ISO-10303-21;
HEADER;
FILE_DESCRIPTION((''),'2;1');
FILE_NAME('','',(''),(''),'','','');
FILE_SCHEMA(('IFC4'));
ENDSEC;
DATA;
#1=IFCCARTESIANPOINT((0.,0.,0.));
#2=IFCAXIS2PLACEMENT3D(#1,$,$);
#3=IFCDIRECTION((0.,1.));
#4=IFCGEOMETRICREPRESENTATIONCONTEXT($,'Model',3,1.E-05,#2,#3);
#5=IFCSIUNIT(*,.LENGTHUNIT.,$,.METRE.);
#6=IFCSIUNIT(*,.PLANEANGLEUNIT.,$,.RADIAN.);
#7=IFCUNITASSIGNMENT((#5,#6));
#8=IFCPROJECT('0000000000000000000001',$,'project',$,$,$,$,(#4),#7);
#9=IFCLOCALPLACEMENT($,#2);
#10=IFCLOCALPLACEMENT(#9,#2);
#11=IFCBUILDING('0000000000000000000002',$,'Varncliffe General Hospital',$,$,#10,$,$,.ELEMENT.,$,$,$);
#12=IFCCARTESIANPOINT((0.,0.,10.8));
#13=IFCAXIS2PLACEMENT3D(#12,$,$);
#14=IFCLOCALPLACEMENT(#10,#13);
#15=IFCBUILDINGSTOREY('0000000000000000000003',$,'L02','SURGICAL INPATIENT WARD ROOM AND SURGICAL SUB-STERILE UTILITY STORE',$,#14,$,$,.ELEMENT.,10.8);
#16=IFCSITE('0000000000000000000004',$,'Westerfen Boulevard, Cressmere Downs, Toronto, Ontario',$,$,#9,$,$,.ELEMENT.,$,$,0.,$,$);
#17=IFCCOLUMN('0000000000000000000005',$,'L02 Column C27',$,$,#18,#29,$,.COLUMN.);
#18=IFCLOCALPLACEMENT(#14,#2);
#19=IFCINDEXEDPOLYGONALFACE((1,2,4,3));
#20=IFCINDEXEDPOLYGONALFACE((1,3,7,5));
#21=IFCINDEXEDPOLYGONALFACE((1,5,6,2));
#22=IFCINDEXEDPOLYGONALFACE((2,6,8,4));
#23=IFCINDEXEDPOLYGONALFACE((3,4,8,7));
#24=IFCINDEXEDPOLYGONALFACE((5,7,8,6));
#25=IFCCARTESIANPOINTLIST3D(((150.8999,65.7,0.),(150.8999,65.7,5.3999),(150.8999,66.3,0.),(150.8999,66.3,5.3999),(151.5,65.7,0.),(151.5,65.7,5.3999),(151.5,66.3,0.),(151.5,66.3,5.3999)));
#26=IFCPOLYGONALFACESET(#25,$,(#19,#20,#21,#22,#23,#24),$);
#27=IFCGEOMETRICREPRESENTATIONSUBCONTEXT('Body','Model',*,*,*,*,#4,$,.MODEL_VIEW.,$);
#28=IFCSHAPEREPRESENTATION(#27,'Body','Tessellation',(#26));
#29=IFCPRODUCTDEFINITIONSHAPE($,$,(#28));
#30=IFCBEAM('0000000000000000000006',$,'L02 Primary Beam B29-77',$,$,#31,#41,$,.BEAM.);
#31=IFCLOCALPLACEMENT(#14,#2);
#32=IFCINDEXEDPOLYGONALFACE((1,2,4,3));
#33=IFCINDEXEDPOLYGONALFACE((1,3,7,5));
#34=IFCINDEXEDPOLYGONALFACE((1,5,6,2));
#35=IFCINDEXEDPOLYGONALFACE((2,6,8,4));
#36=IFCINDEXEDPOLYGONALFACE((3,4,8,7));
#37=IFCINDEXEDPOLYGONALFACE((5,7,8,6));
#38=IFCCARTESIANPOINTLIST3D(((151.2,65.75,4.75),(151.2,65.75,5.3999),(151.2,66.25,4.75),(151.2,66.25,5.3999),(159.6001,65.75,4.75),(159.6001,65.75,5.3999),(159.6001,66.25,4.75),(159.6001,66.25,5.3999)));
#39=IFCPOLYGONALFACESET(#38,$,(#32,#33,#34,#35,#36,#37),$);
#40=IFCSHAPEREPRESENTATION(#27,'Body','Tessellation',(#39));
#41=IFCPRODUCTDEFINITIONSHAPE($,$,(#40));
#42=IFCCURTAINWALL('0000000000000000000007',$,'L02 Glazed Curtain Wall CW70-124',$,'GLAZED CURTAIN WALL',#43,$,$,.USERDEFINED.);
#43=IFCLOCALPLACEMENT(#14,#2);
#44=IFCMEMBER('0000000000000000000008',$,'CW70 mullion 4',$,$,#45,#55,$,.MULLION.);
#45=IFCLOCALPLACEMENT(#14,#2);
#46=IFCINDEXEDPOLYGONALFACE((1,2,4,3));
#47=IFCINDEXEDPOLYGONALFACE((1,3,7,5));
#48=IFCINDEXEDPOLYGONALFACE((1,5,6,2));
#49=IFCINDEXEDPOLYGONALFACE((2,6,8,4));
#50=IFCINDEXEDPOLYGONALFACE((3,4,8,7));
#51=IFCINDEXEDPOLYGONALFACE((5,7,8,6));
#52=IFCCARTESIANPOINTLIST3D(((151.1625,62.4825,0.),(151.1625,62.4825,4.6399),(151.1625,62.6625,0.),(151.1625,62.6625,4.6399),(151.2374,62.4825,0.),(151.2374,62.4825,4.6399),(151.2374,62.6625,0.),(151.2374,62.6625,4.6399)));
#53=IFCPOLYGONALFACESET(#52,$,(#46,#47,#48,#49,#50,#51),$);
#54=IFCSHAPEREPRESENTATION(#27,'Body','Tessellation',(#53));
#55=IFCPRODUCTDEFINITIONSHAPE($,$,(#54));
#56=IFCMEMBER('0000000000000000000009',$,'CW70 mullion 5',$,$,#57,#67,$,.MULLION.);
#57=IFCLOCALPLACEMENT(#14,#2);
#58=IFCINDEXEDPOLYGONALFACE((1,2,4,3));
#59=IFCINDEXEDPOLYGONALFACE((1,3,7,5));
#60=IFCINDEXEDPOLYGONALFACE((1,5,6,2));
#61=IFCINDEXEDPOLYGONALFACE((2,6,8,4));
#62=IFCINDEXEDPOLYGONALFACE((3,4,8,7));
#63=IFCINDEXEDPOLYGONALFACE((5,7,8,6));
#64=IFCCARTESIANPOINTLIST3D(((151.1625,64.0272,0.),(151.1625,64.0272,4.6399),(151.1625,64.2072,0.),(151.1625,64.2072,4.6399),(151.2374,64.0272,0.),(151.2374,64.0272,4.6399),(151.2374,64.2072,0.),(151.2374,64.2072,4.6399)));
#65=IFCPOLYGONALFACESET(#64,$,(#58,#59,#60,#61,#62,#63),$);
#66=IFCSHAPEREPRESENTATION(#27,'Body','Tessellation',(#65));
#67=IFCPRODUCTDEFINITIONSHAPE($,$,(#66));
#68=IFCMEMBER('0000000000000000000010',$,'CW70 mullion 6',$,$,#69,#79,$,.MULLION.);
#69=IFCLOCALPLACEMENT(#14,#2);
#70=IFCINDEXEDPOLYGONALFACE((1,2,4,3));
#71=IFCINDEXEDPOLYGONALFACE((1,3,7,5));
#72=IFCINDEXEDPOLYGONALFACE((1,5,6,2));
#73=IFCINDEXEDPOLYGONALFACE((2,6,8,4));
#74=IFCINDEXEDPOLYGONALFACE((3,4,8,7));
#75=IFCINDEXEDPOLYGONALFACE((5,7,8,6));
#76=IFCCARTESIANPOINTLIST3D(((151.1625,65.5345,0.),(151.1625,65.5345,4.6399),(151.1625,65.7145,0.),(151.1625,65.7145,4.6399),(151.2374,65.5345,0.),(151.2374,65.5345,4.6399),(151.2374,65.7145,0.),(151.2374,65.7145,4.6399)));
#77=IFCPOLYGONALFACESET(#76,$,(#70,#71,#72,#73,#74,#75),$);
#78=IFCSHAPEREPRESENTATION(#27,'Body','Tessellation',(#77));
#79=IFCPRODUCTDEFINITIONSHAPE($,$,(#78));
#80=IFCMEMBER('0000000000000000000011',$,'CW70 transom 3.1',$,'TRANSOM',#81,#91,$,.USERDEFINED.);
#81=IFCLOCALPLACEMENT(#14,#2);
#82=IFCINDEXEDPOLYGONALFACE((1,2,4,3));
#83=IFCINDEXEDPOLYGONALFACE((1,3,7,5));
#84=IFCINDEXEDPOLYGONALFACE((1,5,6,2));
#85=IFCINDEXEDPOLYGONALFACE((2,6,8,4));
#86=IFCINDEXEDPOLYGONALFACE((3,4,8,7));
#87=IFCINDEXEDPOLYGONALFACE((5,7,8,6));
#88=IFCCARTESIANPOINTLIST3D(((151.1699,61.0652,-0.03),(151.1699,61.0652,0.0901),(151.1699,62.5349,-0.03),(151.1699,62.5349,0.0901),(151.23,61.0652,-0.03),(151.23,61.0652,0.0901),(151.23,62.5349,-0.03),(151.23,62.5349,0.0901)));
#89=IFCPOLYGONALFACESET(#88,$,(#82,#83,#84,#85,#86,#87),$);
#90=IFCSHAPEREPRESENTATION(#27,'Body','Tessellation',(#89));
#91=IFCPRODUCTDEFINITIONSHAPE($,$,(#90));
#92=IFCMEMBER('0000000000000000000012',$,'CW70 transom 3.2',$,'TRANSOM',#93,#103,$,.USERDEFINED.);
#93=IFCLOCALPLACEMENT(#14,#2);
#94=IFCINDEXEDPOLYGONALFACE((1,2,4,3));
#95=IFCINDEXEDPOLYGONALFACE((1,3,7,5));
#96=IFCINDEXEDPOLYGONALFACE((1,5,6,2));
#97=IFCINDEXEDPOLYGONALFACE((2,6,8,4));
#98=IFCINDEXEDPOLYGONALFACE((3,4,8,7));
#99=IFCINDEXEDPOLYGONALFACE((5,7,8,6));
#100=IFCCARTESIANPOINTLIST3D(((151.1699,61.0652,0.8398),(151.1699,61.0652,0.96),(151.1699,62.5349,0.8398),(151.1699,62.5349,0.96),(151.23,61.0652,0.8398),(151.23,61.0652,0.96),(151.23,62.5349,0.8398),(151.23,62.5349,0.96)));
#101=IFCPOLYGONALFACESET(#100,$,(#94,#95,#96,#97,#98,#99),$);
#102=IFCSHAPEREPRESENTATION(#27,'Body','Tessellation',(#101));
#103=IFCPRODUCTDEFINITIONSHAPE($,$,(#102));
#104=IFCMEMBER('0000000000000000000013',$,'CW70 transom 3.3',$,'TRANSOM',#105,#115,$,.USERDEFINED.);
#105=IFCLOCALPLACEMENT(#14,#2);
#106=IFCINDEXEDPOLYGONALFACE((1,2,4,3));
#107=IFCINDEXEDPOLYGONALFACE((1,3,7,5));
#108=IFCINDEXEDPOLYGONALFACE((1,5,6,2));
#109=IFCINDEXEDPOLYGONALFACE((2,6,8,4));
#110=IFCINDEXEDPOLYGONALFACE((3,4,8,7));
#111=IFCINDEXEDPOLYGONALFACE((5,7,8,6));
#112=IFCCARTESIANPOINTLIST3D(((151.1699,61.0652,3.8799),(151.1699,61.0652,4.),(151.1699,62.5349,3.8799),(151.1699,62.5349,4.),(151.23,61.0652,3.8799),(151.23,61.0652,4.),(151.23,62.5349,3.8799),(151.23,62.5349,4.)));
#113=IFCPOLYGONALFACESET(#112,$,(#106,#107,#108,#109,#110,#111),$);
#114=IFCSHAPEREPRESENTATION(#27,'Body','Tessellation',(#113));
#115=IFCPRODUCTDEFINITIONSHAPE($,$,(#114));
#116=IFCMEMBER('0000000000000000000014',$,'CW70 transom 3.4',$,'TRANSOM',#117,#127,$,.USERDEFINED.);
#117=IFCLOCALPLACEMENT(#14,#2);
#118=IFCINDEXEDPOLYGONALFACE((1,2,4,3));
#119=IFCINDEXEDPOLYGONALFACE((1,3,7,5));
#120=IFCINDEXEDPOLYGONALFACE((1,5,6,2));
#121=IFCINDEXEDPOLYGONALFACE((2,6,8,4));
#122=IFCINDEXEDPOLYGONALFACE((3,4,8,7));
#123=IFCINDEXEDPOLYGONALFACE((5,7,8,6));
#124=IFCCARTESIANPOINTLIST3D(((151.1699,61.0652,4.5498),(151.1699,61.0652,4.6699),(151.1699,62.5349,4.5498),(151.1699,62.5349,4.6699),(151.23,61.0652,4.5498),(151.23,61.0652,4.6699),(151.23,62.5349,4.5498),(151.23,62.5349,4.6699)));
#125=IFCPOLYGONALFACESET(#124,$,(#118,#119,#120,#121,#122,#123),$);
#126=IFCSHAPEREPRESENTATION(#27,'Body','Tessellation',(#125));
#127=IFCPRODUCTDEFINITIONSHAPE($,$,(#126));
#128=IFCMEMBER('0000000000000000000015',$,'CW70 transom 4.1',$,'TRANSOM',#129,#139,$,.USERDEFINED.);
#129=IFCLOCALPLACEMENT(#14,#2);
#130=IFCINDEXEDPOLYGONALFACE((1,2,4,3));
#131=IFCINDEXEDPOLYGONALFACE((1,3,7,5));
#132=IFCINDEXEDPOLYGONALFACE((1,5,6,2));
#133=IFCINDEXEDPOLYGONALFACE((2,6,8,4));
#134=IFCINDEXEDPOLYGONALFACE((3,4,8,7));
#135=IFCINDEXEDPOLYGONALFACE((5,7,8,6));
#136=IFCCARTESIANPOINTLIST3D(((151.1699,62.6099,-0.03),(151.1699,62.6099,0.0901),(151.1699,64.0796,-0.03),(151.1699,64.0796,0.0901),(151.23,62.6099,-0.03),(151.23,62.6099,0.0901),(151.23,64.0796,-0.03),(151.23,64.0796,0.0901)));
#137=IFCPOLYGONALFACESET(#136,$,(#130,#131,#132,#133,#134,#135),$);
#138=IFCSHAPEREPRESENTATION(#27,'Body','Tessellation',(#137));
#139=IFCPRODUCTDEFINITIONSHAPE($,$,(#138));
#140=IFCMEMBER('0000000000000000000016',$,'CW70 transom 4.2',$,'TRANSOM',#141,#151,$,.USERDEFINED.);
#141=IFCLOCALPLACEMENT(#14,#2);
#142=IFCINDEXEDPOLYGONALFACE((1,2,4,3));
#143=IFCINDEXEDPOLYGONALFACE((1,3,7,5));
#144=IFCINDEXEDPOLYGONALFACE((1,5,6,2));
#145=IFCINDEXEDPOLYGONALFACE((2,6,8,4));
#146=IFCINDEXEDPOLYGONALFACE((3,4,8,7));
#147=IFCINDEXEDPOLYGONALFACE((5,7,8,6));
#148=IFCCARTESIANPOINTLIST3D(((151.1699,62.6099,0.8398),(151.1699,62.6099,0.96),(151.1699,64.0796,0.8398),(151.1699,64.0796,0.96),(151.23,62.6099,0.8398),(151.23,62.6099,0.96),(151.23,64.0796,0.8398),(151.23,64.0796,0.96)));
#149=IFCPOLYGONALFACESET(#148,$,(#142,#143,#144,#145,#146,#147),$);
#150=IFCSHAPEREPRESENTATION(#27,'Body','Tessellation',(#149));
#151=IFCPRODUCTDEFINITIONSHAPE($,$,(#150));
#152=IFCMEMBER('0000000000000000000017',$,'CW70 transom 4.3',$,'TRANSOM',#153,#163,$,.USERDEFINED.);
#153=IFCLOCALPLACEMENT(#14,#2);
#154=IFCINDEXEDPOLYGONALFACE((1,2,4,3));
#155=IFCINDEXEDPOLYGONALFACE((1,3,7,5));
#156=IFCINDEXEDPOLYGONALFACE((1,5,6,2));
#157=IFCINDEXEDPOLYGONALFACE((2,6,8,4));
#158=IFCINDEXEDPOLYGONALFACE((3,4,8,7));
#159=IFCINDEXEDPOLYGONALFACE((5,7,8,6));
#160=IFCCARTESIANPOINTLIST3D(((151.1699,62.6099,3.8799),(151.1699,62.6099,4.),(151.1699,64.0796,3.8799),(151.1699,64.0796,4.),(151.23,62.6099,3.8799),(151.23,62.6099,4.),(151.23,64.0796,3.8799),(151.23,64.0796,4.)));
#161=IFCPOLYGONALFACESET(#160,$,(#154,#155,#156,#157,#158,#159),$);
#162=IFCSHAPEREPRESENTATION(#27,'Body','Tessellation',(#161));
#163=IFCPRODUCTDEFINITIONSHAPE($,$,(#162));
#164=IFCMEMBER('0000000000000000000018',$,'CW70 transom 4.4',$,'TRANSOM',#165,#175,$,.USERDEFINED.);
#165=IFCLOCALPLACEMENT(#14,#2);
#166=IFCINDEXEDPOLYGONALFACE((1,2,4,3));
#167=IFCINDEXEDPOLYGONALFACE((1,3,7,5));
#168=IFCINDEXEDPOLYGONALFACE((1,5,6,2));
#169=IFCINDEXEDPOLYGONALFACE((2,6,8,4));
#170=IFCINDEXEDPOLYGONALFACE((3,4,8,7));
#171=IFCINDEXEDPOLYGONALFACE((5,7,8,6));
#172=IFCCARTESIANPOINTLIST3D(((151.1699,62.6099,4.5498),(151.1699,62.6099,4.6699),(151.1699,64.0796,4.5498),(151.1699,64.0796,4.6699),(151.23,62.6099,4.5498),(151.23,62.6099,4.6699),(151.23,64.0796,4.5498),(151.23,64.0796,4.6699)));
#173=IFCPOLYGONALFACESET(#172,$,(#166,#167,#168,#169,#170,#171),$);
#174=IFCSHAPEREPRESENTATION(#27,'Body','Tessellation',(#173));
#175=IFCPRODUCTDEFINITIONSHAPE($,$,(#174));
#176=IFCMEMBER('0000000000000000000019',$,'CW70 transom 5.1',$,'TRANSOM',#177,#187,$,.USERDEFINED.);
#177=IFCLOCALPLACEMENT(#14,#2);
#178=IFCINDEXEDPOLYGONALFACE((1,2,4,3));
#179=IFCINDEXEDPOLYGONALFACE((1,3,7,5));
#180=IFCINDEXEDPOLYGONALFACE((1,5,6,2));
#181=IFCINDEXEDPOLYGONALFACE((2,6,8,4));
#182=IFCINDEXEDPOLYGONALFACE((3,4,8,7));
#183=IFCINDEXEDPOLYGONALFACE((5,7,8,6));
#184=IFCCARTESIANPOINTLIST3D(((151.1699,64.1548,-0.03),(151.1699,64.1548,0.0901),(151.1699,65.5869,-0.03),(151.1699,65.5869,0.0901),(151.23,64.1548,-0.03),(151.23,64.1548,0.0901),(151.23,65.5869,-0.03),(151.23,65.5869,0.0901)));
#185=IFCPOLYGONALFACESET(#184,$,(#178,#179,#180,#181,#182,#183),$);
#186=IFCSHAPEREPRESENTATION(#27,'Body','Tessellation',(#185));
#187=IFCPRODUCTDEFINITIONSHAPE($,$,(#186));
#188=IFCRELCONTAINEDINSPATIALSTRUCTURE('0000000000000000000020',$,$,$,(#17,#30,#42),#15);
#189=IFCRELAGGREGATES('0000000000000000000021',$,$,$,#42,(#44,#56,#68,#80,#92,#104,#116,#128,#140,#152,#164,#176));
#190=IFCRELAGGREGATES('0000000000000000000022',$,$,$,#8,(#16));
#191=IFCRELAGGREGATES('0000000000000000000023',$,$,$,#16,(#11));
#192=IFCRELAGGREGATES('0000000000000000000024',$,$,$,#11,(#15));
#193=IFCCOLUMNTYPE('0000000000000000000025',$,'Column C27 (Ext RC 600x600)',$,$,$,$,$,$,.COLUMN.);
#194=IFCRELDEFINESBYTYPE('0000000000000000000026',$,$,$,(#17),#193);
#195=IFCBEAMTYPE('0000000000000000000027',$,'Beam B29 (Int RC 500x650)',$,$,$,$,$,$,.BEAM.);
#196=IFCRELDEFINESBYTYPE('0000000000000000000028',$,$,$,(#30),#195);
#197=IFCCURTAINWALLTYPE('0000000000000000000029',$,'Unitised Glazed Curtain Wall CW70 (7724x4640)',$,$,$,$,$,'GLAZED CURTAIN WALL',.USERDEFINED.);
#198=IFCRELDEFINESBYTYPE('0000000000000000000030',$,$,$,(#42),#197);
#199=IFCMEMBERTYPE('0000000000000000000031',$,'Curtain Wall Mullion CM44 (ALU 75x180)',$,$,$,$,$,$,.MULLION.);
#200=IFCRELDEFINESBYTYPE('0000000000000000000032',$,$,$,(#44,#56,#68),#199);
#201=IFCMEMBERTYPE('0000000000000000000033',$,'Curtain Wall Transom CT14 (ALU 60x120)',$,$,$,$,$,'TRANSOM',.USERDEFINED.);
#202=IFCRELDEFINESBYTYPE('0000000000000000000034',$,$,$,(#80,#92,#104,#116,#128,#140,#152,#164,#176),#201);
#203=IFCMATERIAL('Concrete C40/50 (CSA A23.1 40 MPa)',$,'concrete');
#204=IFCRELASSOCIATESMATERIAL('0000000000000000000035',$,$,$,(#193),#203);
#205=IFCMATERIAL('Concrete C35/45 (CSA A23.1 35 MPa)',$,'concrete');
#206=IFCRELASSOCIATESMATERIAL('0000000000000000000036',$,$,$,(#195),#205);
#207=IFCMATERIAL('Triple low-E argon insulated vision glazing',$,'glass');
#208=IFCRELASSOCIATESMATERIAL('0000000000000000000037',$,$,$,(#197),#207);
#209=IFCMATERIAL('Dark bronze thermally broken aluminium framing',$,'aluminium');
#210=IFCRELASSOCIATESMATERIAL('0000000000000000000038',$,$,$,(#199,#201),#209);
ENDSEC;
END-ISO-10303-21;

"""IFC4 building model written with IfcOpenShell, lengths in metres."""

from ifc_helpers import new_model, si_unit, direction, frame, origin, origin_2d, place, context, subcontext, project, spatial, rectangle, extrude, material, material_profile, profile_set, type_object, element, aggregate, save


model = new_model("IFC4")

# Units and contexts
model_context = context("Model", 3, precision=1e-05, world=origin(), true_north=direction((0.0, 1.0)))
body_context = subcontext(model_context, "Body", "Model", "MODEL_VIEW")
ifc_project = project(units=[si_unit("LENGTHUNIT", "METRE"), si_unit("PLANEANGLEUNIT", "RADIAN")], contexts=[model_context])

# Site, building, storey
site_placement = place(None, origin())
site = spatial("IfcSite", under=ifc_project, at=site_placement, Name="Westerfen Boulevard, Cressmere Downs, Toronto, Ontario", CompositionType="ELEMENT", RefElevation=0.0)
building_placement = place(site_placement, origin())
building = spatial("IfcBuilding", under=site, at=building_placement, Name="Varncliffe General Hospital", CompositionType="ELEMENT")
storey_placement = place(building_placement, frame((0.0, 0.0, 10.8)))
storey = spatial("IfcBuildingStorey", under=building, at=storey_placement, Name="L02", Description="SURGICAL INPATIENT WARD ROOM AND SURGICAL SUB-STERILE UTILITY STORE", CompositionType="ELEMENT", Elevation=10.8)

# Column
ifc_material_1 = material(Name="Concrete C40/50 (CSA A23.1 40 MPa)", Category="concrete")
ifc_material_profile_1 = material_profile(ifc_material_1, rectangle(XDim=0.6001, YDim=0.6001, at=origin_2d()), Name="RC 600x600")
ifc_profile_set_1 = profile_set([ifc_material_profile_1], Name="Concrete C40/50 (CSA A23.1 40 MPa)")
column_type = type_object("IfcColumnType", Name="Column C27 (Ext RC 600x600)", PredefinedType="COLUMN", material=ifc_profile_set_1)
column_placement = place(storey_placement, frame((151.2, 66.0, 0.0), z_axis=(0.0, 0.0, 1.0), x_axis=(1.0, 0.0, 0.0)))
element("IfcColumn", 1, at=column_placement, inside=storey, type_object=column_type, Name="L02 Column C27", PredefinedType="COLUMN", context=body_context, shape_type="SweptSolid", body=[
    extrude(rectangle(XDim=0.6001, YDim=0.6001, at=origin_2d()), origin(), (0.0, 0.0, 1.0), 5.3999),
])

# Beam
ifc_material_2 = material(Name="Concrete C35/45 (CSA A23.1 35 MPa)", Category="concrete")
ifc_material_profile_2 = material_profile(ifc_material_2, rectangle(XDim=0.5, YDim=0.6499, at=origin_2d()), Name="RC 500x650")
ifc_profile_set_2 = profile_set([ifc_material_profile_2], Name="Concrete C35/45 (CSA A23.1 35 MPa)")
beam_type_1 = type_object("IfcBeamType", Name="Beam B29 (Int RC 500x650)", PredefinedType="BEAM", material=ifc_profile_set_2)
beam_1_placement = place(storey_placement, frame((151.2, 66.0, 5.075), z_axis=(1.0, 0.0, 0.0), x_axis=(0.0, 1.0, 0.0)))
element("IfcBeam", 2, at=beam_1_placement, inside=storey, type_object=beam_type_1, Name="L02 Primary Beam B29-77", PredefinedType="BEAM", context=body_context, shape_type="SweptSolid", body=[
    extrude(rectangle(XDim=0.5, YDim=0.6499, at=origin_2d()), origin(), (0.0, 0.0, 1.0), 8.4001),
])

# Curtain wall, members
ifc_material_3 = material(Name="Triple low-E argon insulated vision glazing", Category="glass")
curtain_wall_type = type_object("IfcCurtainWallType", Name="Unitised Glazed Curtain Wall CW70 (7724x4640)", ElementType="GLAZED CURTAIN WALL", PredefinedType="USERDEFINED", material=ifc_material_3)
curtain_wall_placement = place(storey_placement, origin())
curtain_wall = element("IfcCurtainWall", 3, at=curtain_wall_placement, inside=storey, type_object=curtain_wall_type, Name="L02 Glazed Curtain Wall CW70-124", ObjectType="GLAZED CURTAIN WALL", PredefinedType="USERDEFINED")
ifc_material_4 = material(Name="Dark bronze thermally broken aluminium framing", Category="aluminium")
ifc_material_profile_3 = material_profile(ifc_material_4, rectangle(XDim=0.075, YDim=0.1799, at=origin_2d()), Name="ALU 75x180")
ifc_profile_set_3 = profile_set([ifc_material_profile_3], Name="Dark bronze thermally broken aluminium framing")
member_type_1 = type_object("IfcMemberType", Name="Curtain Wall Mullion CM44 (ALU 75x180)", PredefinedType="MULLION", material=ifc_profile_set_3)
member_1_placement = place(storey_placement, frame((151.2, 62.5725, 0.0), z_axis=(0.0, 0.0, 1.0), x_axis=(-1.0, 0.0, 0.0)))
member_1 = element("IfcMember", 4, at=member_1_placement, type_object=member_type_1, Name="CW70 mullion 4", PredefinedType="MULLION", context=body_context, shape_type="SweptSolid", body=[
    extrude(rectangle(XDim=0.075, YDim=0.1799, at=origin_2d()), origin(), (0.0, 0.0, 1.0), 4.6399),
])
member_2_placement = place(storey_placement, frame((151.2, 64.1172, 0.0), z_axis=(0.0, 0.0, 1.0), x_axis=(-1.0, 0.0, 0.0)))
member_2 = element("IfcMember", 5, at=member_2_placement, type_object=member_type_1, Name="CW70 mullion 5", PredefinedType="MULLION", context=body_context, shape_type="SweptSolid", body=[
    extrude(rectangle(XDim=0.075, YDim=0.1799, at=origin_2d()), origin(), (0.0, 0.0, 1.0), 4.6399),
])
member_3_placement = place(storey_placement, frame((151.2, 65.6245, 0.0), z_axis=(0.0, 0.0, 1.0), x_axis=(-1.0, 0.0, 0.0)))
member_3 = element("IfcMember", 6, at=member_3_placement, type_object=member_type_1, Name="CW70 mullion 6", PredefinedType="MULLION", context=body_context, shape_type="SweptSolid", body=[
    extrude(rectangle(XDim=0.075, YDim=0.1799, at=origin_2d()), origin(), (0.0, 0.0, 1.0), 4.6399),
])
ifc_material_profile_4 = material_profile(ifc_material_4, rectangle(XDim=0.0601, YDim=0.1201, at=origin_2d()), Name="ALU 60x120")
ifc_profile_set_4 = profile_set([ifc_material_profile_4], Name="Dark bronze thermally broken aluminium framing")
member_type_2 = type_object("IfcMemberType", Name="Curtain Wall Transom CT14 (ALU 60x120)", ElementType="TRANSOM", PredefinedType="USERDEFINED", material=ifc_profile_set_4)
member_4_placement = place(storey_placement, frame((151.2, 61.0652, 0.03), z_axis=(0.0, 1.0, 0.0), x_axis=(-1.0, 0.0, 0.0)))
member_4 = element("IfcMember", 7, at=member_4_placement, type_object=member_type_2, Name="CW70 transom 3.1", ObjectType="TRANSOM", PredefinedType="USERDEFINED", context=body_context, shape_type="SweptSolid", body=[
    extrude(rectangle(XDim=0.0601, YDim=0.1201, at=origin_2d()), origin(), (0.0, 0.0, 1.0), 1.4697),
])
member_5_placement = place(storey_placement, frame((151.2, 61.0652, 0.8999), z_axis=(0.0, 1.0, 0.0), x_axis=(-1.0, 0.0, 0.0)))
member_5 = element("IfcMember", 8, at=member_5_placement, type_object=member_type_2, Name="CW70 transom 3.2", ObjectType="TRANSOM", PredefinedType="USERDEFINED", context=body_context, shape_type="SweptSolid", body=[
    extrude(rectangle(XDim=0.0601, YDim=0.1201, at=origin_2d()), origin(), (0.0, 0.0, 1.0), 1.4697),
])
member_6_placement = place(storey_placement, frame((151.2, 61.0652, 3.9399), z_axis=(0.0, 1.0, 0.0), x_axis=(-1.0, 0.0, 0.0)))
member_6 = element("IfcMember", 9, at=member_6_placement, type_object=member_type_2, Name="CW70 transom 3.3", ObjectType="TRANSOM", PredefinedType="USERDEFINED", context=body_context, shape_type="SweptSolid", body=[
    extrude(rectangle(XDim=0.0601, YDim=0.1201, at=origin_2d()), origin(), (0.0, 0.0, 1.0), 1.4697),
])
member_7_placement = place(storey_placement, frame((151.2, 61.0652, 4.6099), z_axis=(0.0, 1.0, 0.0), x_axis=(-1.0, 0.0, 0.0)))
member_7 = element("IfcMember", 10, at=member_7_placement, type_object=member_type_2, Name="CW70 transom 3.4", ObjectType="TRANSOM", PredefinedType="USERDEFINED", context=body_context, shape_type="SweptSolid", body=[
    extrude(rectangle(XDim=0.0601, YDim=0.1201, at=origin_2d()), origin(), (0.0, 0.0, 1.0), 1.4697),
])
member_8_placement = place(storey_placement, frame((151.2, 62.6099, 0.03), z_axis=(0.0, 1.0, 0.0), x_axis=(-1.0, 0.0, 0.0)))
member_8 = element("IfcMember", 11, at=member_8_placement, type_object=member_type_2, Name="CW70 transom 4.1", ObjectType="TRANSOM", PredefinedType="USERDEFINED", context=body_context, shape_type="SweptSolid", body=[
    extrude(rectangle(XDim=0.0601, YDim=0.1201, at=origin_2d()), origin(), (0.0, 0.0, 1.0), 1.4697),
])
member_9_placement = place(storey_placement, frame((151.2, 62.6099, 0.8999), z_axis=(0.0, 1.0, 0.0), x_axis=(-1.0, 0.0, 0.0)))
member_9 = element("IfcMember", 12, at=member_9_placement, type_object=member_type_2, Name="CW70 transom 4.2", ObjectType="TRANSOM", PredefinedType="USERDEFINED", context=body_context, shape_type="SweptSolid", body=[
    extrude(rectangle(XDim=0.0601, YDim=0.1201, at=origin_2d()), origin(), (0.0, 0.0, 1.0), 1.4697),
])
member_10_placement = place(storey_placement, frame((151.2, 62.6099, 3.9399), z_axis=(0.0, 1.0, 0.0), x_axis=(-1.0, 0.0, 0.0)))
member_10 = element("IfcMember", 13, at=member_10_placement, type_object=member_type_2, Name="CW70 transom 4.3", ObjectType="TRANSOM", PredefinedType="USERDEFINED", context=body_context, shape_type="SweptSolid", body=[
    extrude(rectangle(XDim=0.0601, YDim=0.1201, at=origin_2d()), origin(), (0.0, 0.0, 1.0), 1.4697),
])
member_11_placement = place(storey_placement, frame((151.2, 62.6099, 4.6099), z_axis=(0.0, 1.0, 0.0), x_axis=(-1.0, 0.0, 0.0)))
member_11 = element("IfcMember", 14, at=member_11_placement, type_object=member_type_2, Name="CW70 transom 4.4", ObjectType="TRANSOM", PredefinedType="USERDEFINED", context=body_context, shape_type="SweptSolid", body=[
    extrude(rectangle(XDim=0.0601, YDim=0.1201, at=origin_2d()), origin(), (0.0, 0.0, 1.0), 1.4697),
])
member_12_placement = place(storey_placement, frame((151.2, 64.1548, 0.03), z_axis=(0.0, 1.0, 0.0), x_axis=(-1.0, 0.0, 0.0)))
member_12 = element("IfcMember", 15, at=member_12_placement, type_object=member_type_2, Name="CW70 transom 5.1", ObjectType="TRANSOM", PredefinedType="USERDEFINED", context=body_context, shape_type="SweptSolid", body=[
    extrude(rectangle(XDim=0.0601, YDim=0.1201, at=origin_2d()), origin(), (0.0, 0.0, 1.0), 1.4321),
])

aggregate(curtain_wall, [member_1, member_2, member_3, member_4, member_5, member_6, member_7, member_8, member_9, member_10, member_11, member_12])

save(model, "model.ifc")
